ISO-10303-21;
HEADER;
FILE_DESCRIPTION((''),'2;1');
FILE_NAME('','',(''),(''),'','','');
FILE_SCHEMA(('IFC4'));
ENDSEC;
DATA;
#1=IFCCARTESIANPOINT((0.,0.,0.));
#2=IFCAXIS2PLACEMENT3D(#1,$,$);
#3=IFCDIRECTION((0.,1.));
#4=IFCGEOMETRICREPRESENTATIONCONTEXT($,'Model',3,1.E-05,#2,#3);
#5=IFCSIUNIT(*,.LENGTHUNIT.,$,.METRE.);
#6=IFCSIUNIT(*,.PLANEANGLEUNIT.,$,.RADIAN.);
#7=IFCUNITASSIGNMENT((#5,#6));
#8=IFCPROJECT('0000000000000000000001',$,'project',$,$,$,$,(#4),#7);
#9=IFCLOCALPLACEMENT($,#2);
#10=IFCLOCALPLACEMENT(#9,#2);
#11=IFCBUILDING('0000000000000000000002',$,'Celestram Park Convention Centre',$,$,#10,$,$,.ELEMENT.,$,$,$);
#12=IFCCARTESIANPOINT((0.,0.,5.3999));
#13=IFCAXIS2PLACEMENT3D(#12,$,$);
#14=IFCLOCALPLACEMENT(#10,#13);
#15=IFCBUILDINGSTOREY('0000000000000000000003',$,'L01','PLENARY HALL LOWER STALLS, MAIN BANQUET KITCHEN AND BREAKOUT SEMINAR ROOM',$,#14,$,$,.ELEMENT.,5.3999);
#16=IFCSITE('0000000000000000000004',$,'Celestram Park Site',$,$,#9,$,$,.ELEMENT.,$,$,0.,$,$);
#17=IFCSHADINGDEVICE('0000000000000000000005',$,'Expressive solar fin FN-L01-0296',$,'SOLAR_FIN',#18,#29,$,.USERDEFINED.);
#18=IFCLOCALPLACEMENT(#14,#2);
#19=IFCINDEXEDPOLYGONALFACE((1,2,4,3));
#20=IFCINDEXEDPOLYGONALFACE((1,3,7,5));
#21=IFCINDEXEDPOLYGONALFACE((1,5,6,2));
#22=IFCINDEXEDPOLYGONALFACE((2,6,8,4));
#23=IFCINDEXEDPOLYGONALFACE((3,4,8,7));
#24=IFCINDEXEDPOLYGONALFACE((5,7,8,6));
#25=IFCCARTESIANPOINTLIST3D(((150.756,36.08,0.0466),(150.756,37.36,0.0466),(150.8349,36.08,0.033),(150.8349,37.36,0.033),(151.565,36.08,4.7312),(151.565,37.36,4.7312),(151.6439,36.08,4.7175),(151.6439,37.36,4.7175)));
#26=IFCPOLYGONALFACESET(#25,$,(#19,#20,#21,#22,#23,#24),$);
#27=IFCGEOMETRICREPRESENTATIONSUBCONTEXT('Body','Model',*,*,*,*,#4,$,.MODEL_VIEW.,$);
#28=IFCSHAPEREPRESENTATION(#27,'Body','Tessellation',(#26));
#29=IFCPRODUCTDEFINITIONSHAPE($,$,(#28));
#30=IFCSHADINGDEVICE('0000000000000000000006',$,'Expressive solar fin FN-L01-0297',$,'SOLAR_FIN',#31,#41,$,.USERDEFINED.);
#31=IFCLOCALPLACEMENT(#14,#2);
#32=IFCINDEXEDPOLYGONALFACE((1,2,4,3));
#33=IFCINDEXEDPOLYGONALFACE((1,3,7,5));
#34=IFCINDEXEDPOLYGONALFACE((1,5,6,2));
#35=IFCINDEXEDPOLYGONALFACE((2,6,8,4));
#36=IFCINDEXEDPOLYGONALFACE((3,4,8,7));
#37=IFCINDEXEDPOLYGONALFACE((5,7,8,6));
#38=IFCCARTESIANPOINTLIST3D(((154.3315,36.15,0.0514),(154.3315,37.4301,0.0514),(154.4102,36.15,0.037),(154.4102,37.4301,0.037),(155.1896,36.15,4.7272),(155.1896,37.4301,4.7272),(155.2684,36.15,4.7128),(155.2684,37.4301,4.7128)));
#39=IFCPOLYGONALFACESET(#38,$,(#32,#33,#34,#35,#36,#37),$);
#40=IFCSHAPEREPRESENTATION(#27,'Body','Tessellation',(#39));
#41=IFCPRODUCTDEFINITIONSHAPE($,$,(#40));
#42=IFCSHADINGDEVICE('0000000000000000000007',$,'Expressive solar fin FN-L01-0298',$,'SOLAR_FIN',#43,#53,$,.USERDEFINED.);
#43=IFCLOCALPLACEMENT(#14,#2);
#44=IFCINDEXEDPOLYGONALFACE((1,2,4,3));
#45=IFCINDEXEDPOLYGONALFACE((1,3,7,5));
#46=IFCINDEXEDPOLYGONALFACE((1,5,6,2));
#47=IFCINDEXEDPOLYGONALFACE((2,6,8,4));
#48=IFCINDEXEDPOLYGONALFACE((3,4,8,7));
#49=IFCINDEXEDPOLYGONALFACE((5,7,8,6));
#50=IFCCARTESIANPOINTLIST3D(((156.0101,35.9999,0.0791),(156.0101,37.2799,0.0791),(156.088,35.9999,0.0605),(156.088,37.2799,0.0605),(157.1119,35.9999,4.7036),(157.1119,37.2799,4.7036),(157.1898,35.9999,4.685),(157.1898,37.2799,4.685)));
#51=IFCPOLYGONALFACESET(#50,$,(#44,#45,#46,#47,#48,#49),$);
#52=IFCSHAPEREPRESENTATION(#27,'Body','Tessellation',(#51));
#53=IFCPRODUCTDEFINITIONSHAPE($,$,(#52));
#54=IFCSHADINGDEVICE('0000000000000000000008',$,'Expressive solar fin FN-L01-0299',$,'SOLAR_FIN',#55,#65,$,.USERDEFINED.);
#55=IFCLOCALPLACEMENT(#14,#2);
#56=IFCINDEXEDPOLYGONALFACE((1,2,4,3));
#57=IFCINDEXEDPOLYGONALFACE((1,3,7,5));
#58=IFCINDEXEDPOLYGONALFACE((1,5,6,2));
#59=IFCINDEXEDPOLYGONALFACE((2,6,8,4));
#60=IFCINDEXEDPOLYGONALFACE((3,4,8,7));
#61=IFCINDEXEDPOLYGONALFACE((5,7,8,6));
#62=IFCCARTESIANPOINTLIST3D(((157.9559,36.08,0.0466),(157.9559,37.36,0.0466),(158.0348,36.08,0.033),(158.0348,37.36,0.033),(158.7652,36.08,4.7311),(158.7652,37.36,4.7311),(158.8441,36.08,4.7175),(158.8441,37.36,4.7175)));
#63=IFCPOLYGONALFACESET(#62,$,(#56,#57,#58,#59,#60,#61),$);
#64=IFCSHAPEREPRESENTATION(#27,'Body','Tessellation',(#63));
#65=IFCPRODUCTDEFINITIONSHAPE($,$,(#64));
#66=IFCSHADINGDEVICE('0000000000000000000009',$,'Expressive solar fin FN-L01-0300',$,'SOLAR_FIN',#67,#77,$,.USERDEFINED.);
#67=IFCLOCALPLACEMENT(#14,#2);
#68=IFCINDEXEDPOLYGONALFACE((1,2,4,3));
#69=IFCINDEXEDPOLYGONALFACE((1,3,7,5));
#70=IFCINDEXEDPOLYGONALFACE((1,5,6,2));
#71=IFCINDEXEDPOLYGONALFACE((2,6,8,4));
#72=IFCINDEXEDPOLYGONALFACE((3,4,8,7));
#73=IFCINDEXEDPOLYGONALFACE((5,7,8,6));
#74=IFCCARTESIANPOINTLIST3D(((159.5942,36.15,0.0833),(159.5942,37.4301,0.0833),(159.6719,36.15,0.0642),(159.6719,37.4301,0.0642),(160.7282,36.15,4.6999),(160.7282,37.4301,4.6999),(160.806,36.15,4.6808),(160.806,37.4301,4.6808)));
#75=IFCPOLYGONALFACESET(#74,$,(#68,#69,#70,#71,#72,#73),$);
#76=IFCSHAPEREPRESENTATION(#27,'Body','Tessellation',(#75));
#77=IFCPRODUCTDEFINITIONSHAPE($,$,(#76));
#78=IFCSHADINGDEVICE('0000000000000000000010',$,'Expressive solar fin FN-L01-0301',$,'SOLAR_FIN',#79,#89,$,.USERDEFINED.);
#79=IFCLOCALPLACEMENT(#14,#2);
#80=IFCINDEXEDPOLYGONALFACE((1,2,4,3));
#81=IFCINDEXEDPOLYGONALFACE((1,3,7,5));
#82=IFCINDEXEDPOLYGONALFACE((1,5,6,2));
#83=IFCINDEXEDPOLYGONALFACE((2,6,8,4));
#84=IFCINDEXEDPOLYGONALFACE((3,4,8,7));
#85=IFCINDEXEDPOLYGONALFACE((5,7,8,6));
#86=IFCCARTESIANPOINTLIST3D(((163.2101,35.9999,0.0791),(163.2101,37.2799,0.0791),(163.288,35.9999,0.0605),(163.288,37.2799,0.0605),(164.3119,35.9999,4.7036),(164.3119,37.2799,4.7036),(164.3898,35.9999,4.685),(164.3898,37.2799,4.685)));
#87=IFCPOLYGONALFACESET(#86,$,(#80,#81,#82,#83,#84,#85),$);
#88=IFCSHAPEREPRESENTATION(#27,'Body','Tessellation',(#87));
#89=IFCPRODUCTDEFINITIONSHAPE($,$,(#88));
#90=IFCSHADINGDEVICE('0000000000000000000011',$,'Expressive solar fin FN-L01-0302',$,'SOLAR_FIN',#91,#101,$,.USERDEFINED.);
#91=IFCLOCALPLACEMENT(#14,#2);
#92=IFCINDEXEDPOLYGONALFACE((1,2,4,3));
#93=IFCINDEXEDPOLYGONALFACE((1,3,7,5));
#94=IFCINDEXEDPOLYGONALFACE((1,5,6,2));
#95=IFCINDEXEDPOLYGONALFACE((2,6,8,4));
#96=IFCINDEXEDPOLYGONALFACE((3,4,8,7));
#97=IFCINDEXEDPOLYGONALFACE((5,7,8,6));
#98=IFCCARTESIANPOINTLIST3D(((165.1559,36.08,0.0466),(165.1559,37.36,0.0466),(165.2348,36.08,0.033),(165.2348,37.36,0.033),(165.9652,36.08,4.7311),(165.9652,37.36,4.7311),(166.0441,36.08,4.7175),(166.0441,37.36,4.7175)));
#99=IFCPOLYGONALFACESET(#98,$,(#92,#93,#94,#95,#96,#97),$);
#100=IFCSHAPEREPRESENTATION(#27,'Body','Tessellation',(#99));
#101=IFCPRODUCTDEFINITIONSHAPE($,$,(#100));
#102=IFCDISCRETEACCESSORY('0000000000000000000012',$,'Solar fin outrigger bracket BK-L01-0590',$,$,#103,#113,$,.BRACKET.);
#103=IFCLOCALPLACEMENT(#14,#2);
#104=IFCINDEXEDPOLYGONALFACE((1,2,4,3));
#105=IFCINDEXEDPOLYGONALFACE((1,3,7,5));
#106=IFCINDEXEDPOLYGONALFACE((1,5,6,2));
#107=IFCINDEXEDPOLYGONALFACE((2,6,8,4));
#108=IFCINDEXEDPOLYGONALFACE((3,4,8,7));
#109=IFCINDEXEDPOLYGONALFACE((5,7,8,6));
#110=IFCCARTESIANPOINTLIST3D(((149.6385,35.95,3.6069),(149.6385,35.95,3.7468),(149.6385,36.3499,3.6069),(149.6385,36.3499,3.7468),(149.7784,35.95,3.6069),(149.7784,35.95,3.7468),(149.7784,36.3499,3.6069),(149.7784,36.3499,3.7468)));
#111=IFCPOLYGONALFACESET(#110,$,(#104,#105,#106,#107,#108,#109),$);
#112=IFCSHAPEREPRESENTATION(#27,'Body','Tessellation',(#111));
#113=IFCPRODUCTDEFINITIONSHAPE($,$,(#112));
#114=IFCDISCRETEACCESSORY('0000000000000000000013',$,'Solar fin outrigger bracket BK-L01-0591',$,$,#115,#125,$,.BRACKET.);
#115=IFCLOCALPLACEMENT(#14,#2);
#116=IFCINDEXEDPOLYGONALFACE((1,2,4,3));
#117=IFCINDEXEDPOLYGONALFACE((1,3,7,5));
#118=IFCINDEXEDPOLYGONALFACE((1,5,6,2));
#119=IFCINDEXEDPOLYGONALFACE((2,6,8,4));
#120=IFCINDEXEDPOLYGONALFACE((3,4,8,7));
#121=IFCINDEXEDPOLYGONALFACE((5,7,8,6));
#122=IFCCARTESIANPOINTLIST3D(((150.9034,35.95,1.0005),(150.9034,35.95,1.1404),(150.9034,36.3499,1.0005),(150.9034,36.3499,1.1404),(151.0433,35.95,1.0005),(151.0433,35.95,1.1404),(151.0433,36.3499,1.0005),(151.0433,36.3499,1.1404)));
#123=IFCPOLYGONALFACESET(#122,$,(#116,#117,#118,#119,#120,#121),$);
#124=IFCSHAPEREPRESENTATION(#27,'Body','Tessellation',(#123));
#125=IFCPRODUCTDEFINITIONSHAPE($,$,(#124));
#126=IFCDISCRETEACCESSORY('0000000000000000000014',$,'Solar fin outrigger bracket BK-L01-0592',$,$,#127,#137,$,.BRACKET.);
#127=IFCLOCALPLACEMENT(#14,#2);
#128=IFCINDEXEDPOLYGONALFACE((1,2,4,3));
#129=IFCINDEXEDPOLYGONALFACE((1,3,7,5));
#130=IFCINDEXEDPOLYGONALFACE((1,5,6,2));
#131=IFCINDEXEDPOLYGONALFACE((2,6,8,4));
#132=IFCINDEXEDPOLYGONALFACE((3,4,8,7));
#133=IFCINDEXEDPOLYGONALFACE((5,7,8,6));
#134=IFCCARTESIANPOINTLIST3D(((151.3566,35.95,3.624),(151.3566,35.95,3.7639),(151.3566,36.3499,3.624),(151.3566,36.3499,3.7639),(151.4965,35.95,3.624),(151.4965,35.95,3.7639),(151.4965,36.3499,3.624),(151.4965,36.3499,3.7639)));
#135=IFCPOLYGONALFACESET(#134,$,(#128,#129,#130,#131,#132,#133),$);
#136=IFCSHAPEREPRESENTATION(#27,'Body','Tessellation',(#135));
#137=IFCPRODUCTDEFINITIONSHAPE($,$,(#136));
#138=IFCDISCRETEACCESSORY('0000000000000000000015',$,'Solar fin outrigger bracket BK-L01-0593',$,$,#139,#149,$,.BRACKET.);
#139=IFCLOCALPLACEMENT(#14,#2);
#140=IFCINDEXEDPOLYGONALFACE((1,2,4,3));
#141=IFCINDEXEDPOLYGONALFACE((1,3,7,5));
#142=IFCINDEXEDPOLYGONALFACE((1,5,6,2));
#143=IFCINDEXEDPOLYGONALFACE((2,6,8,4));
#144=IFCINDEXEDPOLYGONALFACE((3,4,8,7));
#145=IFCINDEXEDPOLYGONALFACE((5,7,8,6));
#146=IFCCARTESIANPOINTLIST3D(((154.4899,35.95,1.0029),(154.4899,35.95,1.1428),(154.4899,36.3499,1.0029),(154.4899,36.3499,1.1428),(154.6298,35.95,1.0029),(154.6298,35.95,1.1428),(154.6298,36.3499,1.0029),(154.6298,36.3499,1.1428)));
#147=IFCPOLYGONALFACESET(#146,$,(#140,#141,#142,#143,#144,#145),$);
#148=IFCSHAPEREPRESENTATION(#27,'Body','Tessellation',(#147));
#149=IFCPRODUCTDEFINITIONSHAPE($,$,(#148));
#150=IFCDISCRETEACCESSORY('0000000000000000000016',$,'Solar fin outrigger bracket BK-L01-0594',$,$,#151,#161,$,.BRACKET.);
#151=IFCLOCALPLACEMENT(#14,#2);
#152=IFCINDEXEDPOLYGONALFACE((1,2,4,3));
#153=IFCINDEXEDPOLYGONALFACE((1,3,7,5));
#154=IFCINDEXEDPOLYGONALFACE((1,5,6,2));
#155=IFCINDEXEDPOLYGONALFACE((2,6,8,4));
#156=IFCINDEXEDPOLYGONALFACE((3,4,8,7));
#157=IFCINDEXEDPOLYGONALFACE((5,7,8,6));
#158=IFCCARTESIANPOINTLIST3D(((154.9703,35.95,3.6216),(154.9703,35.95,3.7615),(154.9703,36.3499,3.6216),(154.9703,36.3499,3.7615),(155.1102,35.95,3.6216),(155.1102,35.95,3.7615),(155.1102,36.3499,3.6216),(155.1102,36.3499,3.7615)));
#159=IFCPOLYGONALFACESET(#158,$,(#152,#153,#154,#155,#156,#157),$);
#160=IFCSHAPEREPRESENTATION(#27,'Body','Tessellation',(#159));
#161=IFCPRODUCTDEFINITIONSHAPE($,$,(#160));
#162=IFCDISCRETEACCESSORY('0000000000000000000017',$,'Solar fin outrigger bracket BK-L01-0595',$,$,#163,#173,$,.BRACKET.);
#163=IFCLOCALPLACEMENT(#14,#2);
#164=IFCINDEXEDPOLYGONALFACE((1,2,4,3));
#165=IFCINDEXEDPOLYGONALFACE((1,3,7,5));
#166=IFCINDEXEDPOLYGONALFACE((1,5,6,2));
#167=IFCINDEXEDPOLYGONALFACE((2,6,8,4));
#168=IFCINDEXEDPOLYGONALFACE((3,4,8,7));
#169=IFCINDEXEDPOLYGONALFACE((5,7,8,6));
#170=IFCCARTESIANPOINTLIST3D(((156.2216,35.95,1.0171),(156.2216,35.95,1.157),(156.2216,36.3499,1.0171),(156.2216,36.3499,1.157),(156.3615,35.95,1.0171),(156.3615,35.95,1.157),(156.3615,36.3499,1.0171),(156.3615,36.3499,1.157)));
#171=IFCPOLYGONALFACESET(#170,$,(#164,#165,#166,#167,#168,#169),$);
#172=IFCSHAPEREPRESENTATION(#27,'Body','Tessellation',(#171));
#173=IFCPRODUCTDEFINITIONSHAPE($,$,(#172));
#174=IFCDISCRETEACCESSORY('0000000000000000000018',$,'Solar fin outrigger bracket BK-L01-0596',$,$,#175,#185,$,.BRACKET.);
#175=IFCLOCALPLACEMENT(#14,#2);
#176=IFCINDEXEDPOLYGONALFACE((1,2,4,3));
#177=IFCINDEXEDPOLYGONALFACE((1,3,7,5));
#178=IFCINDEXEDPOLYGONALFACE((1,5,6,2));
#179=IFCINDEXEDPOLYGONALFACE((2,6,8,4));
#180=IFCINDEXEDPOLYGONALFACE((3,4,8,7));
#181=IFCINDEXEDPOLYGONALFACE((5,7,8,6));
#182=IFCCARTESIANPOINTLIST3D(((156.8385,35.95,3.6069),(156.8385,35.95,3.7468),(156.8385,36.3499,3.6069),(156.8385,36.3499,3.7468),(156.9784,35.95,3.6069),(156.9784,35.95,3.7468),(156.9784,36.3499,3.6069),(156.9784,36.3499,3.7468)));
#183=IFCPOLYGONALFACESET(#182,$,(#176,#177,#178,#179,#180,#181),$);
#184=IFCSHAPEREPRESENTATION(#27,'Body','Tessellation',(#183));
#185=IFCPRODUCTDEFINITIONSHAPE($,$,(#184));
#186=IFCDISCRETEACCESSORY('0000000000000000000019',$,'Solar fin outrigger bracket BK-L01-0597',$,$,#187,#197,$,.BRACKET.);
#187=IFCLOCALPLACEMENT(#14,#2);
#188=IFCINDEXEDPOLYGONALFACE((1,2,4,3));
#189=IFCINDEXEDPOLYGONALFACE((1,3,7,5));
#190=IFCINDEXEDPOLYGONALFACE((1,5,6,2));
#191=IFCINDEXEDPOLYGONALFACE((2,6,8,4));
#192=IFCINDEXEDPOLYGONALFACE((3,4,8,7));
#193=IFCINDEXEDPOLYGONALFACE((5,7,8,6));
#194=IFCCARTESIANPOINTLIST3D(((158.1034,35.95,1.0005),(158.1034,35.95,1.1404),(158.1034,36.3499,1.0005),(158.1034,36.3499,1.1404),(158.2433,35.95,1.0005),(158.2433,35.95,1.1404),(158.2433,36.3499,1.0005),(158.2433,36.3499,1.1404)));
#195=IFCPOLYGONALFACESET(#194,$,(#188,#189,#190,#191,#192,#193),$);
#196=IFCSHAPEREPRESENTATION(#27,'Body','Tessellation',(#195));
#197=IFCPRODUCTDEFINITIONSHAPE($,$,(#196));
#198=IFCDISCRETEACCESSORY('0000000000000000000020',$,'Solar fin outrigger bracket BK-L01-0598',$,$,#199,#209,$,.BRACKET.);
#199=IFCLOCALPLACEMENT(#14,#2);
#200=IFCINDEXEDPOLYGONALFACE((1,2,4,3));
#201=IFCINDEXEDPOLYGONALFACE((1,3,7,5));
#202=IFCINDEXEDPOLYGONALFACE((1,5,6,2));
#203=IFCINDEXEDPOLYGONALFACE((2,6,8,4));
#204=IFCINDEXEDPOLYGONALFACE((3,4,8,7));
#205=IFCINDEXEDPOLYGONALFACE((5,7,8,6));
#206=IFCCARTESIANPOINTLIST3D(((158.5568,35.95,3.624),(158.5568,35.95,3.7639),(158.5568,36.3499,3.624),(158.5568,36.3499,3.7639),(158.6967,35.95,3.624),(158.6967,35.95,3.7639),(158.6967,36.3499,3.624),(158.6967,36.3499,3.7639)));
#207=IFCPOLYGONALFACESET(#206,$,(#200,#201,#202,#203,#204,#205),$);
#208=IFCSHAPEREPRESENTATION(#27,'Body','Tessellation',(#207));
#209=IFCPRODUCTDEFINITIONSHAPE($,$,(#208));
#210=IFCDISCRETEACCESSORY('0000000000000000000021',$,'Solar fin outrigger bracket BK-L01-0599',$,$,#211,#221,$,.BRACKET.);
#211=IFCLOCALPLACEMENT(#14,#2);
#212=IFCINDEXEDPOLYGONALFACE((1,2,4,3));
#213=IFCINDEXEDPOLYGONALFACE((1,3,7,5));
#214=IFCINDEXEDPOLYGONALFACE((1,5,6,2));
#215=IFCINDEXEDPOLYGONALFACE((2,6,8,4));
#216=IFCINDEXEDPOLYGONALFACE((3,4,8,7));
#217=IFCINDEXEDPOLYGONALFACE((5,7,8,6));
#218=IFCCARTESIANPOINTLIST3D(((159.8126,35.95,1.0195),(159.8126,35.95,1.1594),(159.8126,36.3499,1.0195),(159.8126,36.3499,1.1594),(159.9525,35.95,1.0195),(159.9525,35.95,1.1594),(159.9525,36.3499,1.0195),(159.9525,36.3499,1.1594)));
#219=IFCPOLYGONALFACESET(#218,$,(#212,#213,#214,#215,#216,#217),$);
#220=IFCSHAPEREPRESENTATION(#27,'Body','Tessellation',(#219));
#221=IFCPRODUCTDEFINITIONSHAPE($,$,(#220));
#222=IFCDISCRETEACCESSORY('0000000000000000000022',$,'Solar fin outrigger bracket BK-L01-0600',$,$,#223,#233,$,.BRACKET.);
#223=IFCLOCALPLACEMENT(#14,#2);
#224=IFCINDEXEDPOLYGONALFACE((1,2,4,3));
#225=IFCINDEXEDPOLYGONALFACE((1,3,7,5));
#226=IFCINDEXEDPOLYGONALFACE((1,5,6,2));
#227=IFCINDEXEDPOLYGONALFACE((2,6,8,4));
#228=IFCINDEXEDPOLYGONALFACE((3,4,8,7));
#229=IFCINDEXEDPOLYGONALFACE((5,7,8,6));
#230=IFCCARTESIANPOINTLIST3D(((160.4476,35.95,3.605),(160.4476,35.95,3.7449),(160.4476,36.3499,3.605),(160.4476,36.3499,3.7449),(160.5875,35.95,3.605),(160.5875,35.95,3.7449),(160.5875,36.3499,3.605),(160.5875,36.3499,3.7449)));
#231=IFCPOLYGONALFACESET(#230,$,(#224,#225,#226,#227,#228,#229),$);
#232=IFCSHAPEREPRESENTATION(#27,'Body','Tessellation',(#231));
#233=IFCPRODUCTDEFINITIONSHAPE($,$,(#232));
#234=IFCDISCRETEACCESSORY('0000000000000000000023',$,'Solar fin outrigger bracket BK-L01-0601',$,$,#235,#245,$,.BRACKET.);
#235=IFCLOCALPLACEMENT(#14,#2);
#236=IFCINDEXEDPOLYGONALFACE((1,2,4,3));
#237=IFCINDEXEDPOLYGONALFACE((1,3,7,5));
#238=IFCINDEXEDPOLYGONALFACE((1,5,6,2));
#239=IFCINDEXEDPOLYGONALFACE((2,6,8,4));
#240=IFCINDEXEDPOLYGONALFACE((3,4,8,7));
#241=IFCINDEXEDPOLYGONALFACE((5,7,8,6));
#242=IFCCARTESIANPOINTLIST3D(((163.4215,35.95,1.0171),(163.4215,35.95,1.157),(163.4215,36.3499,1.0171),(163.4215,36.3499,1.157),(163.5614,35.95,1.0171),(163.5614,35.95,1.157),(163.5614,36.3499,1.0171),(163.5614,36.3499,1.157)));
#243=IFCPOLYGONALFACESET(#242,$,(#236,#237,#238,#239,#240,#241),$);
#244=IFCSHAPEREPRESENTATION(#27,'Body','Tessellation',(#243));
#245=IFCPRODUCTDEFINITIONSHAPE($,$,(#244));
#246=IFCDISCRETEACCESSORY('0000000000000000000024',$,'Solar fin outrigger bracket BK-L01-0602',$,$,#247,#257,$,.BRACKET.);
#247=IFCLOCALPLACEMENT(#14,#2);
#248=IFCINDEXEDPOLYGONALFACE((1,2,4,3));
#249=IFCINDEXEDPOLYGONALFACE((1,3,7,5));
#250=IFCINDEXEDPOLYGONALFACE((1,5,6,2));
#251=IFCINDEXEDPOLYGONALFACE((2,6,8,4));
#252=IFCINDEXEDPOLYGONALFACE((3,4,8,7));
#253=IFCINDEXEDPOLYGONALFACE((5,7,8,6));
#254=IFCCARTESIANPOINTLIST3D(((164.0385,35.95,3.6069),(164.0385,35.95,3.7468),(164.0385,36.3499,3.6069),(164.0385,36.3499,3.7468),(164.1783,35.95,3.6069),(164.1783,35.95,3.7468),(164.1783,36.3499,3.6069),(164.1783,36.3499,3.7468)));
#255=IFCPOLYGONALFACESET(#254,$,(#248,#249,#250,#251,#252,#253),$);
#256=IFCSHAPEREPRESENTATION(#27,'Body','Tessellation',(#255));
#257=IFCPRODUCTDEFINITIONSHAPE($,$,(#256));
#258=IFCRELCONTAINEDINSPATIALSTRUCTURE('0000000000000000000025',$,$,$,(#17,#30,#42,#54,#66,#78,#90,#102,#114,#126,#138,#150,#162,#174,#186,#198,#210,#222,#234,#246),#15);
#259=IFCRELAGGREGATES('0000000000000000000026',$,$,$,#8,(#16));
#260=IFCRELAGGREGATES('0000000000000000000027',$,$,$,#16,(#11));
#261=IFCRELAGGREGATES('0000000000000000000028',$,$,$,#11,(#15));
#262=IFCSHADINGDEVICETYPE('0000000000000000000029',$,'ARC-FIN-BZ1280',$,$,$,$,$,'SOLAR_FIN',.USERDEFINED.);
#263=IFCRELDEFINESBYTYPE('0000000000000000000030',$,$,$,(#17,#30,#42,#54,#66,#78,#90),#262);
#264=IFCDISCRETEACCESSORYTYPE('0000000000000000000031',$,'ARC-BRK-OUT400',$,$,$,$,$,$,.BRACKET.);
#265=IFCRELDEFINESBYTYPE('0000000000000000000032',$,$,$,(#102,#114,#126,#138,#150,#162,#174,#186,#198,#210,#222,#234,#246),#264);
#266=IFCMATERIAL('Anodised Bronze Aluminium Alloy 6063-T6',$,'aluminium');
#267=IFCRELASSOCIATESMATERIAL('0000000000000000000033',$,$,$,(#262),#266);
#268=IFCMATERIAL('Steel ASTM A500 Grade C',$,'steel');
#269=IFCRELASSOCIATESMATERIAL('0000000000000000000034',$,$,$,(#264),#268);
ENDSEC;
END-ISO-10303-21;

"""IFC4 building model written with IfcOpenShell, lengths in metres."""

from ifc_helpers import new_model, si_unit, direction, frame, origin, origin_2d, place, context, subcontext, project, spatial, rectangle, extrude, material, material_profile, profile_set, type_object, element, save


model = new_model("IFC4")

# Units and contexts
model_context = context("Model", 3, precision=1e-05, world=origin(), true_north=direction((0.0, 1.0)))
body_context = subcontext(model_context, "Body", "Model", "MODEL_VIEW")
ifc_project = project(units=[si_unit("LENGTHUNIT", "METRE"), si_unit("PLANEANGLEUNIT", "RADIAN")], contexts=[model_context])

# Site, building, storey
site_placement = place(None, origin())
site = spatial("IfcSite", under=ifc_project, at=site_placement, Name="Celestram Park Site", CompositionType="ELEMENT", RefElevation=0.0)
building_placement = place(site_placement, origin())
building = spatial("IfcBuilding", under=site, at=building_placement, Name="Celestram Park Convention Centre", CompositionType="ELEMENT")
storey_placement = place(building_placement, frame((0.0, 0.0, 5.3999)))
storey = spatial("IfcBuildingStorey", under=building, at=storey_placement, Name="L01", Description="PLENARY HALL LOWER STALLS, MAIN BANQUET KITCHEN AND BREAKOUT SEMINAR ROOM", CompositionType="ELEMENT", Elevation=5.3999)

# Shading devices
ifc_material_1 = material(Name="Anodised Bronze Aluminium Alloy 6063-T6", Category="aluminium")
ifc_material_profile_1 = material_profile(ifc_material_1, rectangle(XDim=1.28, YDim=0.0801, at=origin_2d()), Name="FIN1280X80")
ifc_profile_set_1 = profile_set([ifc_material_profile_1], Name="Anodised Bronze Aluminium Alloy 6063-T6")
shading_device_type = type_object("IfcShadingDeviceType", Name="ARC-FIN-BZ1280", ElementType="SOLAR_FIN", PredefinedType="USERDEFINED", material=ifc_profile_set_1)
for number, where, z_axis, x_axis, name in (
    (1, (150.7954, 36.72, 0.0398), (0.170192, 0.0, 0.985411), (0.0, 1.0, 0.0), "Expressive solar fin FN-L01-0296"),
    (2, (154.3708, 36.79, 0.0442), (0.180517, 0.0, 0.983572), (0.0, 1.0, 0.0), "Expressive solar fin FN-L01-0297"),
    (3, (156.0491, 36.6399, 0.0698), (0.231766, 0.0, 0.972771), (0.0, 1.0, 0.0), "Expressive solar fin FN-L01-0298"),
    (4, (157.9954, 36.72, 0.0398), (0.170242, 0.0, 0.985402), (0.0, 1.0, 0.0), "Expressive solar fin FN-L01-0299"),
    (5, (159.6331, 36.79, 0.0737), (0.238546, 0.0, 0.971131), (0.0, 1.0, 0.0), "Expressive solar fin FN-L01-0300"),
    (6, (163.249, 36.6399, 0.0698), (0.231766, 0.0, 0.972771), (0.0, 1.0, 0.0), "Expressive solar fin FN-L01-0301"),
    (7, (165.1953, 36.72, 0.0398), (0.170242, 0.0, 0.985402), (0.0, 1.0, 0.0), "Expressive solar fin FN-L01-0302"),
):
    element("IfcShadingDevice", number, at=place(storey_placement, frame(where, z_axis=z_axis, x_axis=x_axis)), inside=storey, type_object=shading_device_type, Name=name, ObjectType="SOLAR_FIN", PredefinedType="USERDEFINED", context=body_context, shape_type="SweptSolid", body=[
        extrude(rectangle(XDim=1.28, YDim=0.0801, at=origin_2d()), origin(), (0.0, 0.0, 1.0), 4.7539),
    ])

# Discrete accessories
ifc_material_2 = material(Name="Steel ASTM A500 Grade C", Category="steel")
discrete_accessory_type = type_object("IfcDiscreteAccessoryType", Name="ARC-BRK-OUT400", PredefinedType="BRACKET", material=ifc_material_2)
for number, where, z_axis, x_axis, name in (
    (8, (149.7085, 36.1499, 3.6069), (0.0, 0.0, 1.0), (0.0, 1.0, 0.0), "Solar fin outrigger bracket BK-L01-0590"),
    (9, (150.9734, 36.1499, 1.0005), (0.0, 0.0, 1.0), (0.0, 1.0, 0.0), "Solar fin outrigger bracket BK-L01-0591"),
    (10, (151.4265, 36.1499, 3.624), (0.0, 0.0, 1.0), (0.0, 1.0, 0.0), "Solar fin outrigger bracket BK-L01-0592"),
    (11, (154.5598, 36.1499, 1.0029), (0.0, 0.0, 1.0), (0.0, 1.0, 0.0), "Solar fin outrigger bracket BK-L01-0593"),
    (12, (155.0403, 36.1499, 3.6216), (0.0, 0.0, 1.0), (0.0, 1.0, 0.0), "Solar fin outrigger bracket BK-L01-0594"),
    (13, (156.2915, 36.1499, 1.0171), (0.0, 0.0, 1.0), (0.0, 1.0, 0.0), "Solar fin outrigger bracket BK-L01-0595"),
    (14, (156.9084, 36.1499, 3.6069), (0.0, 0.0, 1.0), (0.0, 1.0, 0.0), "Solar fin outrigger bracket BK-L01-0596"),
    (15, (158.1733, 36.1499, 1.0005), (0.0, 0.0, 1.0), (0.0, 1.0, 0.0), "Solar fin outrigger bracket BK-L01-0597"),
    (16, (158.6267, 36.1499, 3.624), (0.0, 0.0, 1.0), (0.0, 1.0, 0.0), "Solar fin outrigger bracket BK-L01-0598"),
    (17, (159.8826, 36.1499, 1.0195), (0.0, 0.0, 1.0), (0.0, 1.0, 0.0), "Solar fin outrigger bracket BK-L01-0599"),
    (18, (160.5176, 36.1499, 3.605), (0.0, 0.0, 1.0), (0.0, 1.0, 0.0), "Solar fin outrigger bracket BK-L01-0600"),
    (19, (163.4915, 36.1499, 1.0171), (0.0, 0.0, 1.0), (0.0, 1.0, 0.0), "Solar fin outrigger bracket BK-L01-0601"),
    (20, (164.1084, 36.1499, 3.6069), (0.0, 0.0, 1.0), (0.0, 1.0, 0.0), "Solar fin outrigger bracket BK-L01-0602"),
):
    element("IfcDiscreteAccessory", number, at=place(storey_placement, frame(where, z_axis=z_axis, x_axis=x_axis)), inside=storey, type_object=discrete_accessory_type, Name=name, PredefinedType="BRACKET", context=body_context, shape_type="SweptSolid", body=[
        extrude(rectangle(XDim=0.3999, YDim=0.1399, at=origin_2d()), origin(), (0.0, 0.0, 1.0), 0.1399),
    ])

save(model, "model.ifc")
